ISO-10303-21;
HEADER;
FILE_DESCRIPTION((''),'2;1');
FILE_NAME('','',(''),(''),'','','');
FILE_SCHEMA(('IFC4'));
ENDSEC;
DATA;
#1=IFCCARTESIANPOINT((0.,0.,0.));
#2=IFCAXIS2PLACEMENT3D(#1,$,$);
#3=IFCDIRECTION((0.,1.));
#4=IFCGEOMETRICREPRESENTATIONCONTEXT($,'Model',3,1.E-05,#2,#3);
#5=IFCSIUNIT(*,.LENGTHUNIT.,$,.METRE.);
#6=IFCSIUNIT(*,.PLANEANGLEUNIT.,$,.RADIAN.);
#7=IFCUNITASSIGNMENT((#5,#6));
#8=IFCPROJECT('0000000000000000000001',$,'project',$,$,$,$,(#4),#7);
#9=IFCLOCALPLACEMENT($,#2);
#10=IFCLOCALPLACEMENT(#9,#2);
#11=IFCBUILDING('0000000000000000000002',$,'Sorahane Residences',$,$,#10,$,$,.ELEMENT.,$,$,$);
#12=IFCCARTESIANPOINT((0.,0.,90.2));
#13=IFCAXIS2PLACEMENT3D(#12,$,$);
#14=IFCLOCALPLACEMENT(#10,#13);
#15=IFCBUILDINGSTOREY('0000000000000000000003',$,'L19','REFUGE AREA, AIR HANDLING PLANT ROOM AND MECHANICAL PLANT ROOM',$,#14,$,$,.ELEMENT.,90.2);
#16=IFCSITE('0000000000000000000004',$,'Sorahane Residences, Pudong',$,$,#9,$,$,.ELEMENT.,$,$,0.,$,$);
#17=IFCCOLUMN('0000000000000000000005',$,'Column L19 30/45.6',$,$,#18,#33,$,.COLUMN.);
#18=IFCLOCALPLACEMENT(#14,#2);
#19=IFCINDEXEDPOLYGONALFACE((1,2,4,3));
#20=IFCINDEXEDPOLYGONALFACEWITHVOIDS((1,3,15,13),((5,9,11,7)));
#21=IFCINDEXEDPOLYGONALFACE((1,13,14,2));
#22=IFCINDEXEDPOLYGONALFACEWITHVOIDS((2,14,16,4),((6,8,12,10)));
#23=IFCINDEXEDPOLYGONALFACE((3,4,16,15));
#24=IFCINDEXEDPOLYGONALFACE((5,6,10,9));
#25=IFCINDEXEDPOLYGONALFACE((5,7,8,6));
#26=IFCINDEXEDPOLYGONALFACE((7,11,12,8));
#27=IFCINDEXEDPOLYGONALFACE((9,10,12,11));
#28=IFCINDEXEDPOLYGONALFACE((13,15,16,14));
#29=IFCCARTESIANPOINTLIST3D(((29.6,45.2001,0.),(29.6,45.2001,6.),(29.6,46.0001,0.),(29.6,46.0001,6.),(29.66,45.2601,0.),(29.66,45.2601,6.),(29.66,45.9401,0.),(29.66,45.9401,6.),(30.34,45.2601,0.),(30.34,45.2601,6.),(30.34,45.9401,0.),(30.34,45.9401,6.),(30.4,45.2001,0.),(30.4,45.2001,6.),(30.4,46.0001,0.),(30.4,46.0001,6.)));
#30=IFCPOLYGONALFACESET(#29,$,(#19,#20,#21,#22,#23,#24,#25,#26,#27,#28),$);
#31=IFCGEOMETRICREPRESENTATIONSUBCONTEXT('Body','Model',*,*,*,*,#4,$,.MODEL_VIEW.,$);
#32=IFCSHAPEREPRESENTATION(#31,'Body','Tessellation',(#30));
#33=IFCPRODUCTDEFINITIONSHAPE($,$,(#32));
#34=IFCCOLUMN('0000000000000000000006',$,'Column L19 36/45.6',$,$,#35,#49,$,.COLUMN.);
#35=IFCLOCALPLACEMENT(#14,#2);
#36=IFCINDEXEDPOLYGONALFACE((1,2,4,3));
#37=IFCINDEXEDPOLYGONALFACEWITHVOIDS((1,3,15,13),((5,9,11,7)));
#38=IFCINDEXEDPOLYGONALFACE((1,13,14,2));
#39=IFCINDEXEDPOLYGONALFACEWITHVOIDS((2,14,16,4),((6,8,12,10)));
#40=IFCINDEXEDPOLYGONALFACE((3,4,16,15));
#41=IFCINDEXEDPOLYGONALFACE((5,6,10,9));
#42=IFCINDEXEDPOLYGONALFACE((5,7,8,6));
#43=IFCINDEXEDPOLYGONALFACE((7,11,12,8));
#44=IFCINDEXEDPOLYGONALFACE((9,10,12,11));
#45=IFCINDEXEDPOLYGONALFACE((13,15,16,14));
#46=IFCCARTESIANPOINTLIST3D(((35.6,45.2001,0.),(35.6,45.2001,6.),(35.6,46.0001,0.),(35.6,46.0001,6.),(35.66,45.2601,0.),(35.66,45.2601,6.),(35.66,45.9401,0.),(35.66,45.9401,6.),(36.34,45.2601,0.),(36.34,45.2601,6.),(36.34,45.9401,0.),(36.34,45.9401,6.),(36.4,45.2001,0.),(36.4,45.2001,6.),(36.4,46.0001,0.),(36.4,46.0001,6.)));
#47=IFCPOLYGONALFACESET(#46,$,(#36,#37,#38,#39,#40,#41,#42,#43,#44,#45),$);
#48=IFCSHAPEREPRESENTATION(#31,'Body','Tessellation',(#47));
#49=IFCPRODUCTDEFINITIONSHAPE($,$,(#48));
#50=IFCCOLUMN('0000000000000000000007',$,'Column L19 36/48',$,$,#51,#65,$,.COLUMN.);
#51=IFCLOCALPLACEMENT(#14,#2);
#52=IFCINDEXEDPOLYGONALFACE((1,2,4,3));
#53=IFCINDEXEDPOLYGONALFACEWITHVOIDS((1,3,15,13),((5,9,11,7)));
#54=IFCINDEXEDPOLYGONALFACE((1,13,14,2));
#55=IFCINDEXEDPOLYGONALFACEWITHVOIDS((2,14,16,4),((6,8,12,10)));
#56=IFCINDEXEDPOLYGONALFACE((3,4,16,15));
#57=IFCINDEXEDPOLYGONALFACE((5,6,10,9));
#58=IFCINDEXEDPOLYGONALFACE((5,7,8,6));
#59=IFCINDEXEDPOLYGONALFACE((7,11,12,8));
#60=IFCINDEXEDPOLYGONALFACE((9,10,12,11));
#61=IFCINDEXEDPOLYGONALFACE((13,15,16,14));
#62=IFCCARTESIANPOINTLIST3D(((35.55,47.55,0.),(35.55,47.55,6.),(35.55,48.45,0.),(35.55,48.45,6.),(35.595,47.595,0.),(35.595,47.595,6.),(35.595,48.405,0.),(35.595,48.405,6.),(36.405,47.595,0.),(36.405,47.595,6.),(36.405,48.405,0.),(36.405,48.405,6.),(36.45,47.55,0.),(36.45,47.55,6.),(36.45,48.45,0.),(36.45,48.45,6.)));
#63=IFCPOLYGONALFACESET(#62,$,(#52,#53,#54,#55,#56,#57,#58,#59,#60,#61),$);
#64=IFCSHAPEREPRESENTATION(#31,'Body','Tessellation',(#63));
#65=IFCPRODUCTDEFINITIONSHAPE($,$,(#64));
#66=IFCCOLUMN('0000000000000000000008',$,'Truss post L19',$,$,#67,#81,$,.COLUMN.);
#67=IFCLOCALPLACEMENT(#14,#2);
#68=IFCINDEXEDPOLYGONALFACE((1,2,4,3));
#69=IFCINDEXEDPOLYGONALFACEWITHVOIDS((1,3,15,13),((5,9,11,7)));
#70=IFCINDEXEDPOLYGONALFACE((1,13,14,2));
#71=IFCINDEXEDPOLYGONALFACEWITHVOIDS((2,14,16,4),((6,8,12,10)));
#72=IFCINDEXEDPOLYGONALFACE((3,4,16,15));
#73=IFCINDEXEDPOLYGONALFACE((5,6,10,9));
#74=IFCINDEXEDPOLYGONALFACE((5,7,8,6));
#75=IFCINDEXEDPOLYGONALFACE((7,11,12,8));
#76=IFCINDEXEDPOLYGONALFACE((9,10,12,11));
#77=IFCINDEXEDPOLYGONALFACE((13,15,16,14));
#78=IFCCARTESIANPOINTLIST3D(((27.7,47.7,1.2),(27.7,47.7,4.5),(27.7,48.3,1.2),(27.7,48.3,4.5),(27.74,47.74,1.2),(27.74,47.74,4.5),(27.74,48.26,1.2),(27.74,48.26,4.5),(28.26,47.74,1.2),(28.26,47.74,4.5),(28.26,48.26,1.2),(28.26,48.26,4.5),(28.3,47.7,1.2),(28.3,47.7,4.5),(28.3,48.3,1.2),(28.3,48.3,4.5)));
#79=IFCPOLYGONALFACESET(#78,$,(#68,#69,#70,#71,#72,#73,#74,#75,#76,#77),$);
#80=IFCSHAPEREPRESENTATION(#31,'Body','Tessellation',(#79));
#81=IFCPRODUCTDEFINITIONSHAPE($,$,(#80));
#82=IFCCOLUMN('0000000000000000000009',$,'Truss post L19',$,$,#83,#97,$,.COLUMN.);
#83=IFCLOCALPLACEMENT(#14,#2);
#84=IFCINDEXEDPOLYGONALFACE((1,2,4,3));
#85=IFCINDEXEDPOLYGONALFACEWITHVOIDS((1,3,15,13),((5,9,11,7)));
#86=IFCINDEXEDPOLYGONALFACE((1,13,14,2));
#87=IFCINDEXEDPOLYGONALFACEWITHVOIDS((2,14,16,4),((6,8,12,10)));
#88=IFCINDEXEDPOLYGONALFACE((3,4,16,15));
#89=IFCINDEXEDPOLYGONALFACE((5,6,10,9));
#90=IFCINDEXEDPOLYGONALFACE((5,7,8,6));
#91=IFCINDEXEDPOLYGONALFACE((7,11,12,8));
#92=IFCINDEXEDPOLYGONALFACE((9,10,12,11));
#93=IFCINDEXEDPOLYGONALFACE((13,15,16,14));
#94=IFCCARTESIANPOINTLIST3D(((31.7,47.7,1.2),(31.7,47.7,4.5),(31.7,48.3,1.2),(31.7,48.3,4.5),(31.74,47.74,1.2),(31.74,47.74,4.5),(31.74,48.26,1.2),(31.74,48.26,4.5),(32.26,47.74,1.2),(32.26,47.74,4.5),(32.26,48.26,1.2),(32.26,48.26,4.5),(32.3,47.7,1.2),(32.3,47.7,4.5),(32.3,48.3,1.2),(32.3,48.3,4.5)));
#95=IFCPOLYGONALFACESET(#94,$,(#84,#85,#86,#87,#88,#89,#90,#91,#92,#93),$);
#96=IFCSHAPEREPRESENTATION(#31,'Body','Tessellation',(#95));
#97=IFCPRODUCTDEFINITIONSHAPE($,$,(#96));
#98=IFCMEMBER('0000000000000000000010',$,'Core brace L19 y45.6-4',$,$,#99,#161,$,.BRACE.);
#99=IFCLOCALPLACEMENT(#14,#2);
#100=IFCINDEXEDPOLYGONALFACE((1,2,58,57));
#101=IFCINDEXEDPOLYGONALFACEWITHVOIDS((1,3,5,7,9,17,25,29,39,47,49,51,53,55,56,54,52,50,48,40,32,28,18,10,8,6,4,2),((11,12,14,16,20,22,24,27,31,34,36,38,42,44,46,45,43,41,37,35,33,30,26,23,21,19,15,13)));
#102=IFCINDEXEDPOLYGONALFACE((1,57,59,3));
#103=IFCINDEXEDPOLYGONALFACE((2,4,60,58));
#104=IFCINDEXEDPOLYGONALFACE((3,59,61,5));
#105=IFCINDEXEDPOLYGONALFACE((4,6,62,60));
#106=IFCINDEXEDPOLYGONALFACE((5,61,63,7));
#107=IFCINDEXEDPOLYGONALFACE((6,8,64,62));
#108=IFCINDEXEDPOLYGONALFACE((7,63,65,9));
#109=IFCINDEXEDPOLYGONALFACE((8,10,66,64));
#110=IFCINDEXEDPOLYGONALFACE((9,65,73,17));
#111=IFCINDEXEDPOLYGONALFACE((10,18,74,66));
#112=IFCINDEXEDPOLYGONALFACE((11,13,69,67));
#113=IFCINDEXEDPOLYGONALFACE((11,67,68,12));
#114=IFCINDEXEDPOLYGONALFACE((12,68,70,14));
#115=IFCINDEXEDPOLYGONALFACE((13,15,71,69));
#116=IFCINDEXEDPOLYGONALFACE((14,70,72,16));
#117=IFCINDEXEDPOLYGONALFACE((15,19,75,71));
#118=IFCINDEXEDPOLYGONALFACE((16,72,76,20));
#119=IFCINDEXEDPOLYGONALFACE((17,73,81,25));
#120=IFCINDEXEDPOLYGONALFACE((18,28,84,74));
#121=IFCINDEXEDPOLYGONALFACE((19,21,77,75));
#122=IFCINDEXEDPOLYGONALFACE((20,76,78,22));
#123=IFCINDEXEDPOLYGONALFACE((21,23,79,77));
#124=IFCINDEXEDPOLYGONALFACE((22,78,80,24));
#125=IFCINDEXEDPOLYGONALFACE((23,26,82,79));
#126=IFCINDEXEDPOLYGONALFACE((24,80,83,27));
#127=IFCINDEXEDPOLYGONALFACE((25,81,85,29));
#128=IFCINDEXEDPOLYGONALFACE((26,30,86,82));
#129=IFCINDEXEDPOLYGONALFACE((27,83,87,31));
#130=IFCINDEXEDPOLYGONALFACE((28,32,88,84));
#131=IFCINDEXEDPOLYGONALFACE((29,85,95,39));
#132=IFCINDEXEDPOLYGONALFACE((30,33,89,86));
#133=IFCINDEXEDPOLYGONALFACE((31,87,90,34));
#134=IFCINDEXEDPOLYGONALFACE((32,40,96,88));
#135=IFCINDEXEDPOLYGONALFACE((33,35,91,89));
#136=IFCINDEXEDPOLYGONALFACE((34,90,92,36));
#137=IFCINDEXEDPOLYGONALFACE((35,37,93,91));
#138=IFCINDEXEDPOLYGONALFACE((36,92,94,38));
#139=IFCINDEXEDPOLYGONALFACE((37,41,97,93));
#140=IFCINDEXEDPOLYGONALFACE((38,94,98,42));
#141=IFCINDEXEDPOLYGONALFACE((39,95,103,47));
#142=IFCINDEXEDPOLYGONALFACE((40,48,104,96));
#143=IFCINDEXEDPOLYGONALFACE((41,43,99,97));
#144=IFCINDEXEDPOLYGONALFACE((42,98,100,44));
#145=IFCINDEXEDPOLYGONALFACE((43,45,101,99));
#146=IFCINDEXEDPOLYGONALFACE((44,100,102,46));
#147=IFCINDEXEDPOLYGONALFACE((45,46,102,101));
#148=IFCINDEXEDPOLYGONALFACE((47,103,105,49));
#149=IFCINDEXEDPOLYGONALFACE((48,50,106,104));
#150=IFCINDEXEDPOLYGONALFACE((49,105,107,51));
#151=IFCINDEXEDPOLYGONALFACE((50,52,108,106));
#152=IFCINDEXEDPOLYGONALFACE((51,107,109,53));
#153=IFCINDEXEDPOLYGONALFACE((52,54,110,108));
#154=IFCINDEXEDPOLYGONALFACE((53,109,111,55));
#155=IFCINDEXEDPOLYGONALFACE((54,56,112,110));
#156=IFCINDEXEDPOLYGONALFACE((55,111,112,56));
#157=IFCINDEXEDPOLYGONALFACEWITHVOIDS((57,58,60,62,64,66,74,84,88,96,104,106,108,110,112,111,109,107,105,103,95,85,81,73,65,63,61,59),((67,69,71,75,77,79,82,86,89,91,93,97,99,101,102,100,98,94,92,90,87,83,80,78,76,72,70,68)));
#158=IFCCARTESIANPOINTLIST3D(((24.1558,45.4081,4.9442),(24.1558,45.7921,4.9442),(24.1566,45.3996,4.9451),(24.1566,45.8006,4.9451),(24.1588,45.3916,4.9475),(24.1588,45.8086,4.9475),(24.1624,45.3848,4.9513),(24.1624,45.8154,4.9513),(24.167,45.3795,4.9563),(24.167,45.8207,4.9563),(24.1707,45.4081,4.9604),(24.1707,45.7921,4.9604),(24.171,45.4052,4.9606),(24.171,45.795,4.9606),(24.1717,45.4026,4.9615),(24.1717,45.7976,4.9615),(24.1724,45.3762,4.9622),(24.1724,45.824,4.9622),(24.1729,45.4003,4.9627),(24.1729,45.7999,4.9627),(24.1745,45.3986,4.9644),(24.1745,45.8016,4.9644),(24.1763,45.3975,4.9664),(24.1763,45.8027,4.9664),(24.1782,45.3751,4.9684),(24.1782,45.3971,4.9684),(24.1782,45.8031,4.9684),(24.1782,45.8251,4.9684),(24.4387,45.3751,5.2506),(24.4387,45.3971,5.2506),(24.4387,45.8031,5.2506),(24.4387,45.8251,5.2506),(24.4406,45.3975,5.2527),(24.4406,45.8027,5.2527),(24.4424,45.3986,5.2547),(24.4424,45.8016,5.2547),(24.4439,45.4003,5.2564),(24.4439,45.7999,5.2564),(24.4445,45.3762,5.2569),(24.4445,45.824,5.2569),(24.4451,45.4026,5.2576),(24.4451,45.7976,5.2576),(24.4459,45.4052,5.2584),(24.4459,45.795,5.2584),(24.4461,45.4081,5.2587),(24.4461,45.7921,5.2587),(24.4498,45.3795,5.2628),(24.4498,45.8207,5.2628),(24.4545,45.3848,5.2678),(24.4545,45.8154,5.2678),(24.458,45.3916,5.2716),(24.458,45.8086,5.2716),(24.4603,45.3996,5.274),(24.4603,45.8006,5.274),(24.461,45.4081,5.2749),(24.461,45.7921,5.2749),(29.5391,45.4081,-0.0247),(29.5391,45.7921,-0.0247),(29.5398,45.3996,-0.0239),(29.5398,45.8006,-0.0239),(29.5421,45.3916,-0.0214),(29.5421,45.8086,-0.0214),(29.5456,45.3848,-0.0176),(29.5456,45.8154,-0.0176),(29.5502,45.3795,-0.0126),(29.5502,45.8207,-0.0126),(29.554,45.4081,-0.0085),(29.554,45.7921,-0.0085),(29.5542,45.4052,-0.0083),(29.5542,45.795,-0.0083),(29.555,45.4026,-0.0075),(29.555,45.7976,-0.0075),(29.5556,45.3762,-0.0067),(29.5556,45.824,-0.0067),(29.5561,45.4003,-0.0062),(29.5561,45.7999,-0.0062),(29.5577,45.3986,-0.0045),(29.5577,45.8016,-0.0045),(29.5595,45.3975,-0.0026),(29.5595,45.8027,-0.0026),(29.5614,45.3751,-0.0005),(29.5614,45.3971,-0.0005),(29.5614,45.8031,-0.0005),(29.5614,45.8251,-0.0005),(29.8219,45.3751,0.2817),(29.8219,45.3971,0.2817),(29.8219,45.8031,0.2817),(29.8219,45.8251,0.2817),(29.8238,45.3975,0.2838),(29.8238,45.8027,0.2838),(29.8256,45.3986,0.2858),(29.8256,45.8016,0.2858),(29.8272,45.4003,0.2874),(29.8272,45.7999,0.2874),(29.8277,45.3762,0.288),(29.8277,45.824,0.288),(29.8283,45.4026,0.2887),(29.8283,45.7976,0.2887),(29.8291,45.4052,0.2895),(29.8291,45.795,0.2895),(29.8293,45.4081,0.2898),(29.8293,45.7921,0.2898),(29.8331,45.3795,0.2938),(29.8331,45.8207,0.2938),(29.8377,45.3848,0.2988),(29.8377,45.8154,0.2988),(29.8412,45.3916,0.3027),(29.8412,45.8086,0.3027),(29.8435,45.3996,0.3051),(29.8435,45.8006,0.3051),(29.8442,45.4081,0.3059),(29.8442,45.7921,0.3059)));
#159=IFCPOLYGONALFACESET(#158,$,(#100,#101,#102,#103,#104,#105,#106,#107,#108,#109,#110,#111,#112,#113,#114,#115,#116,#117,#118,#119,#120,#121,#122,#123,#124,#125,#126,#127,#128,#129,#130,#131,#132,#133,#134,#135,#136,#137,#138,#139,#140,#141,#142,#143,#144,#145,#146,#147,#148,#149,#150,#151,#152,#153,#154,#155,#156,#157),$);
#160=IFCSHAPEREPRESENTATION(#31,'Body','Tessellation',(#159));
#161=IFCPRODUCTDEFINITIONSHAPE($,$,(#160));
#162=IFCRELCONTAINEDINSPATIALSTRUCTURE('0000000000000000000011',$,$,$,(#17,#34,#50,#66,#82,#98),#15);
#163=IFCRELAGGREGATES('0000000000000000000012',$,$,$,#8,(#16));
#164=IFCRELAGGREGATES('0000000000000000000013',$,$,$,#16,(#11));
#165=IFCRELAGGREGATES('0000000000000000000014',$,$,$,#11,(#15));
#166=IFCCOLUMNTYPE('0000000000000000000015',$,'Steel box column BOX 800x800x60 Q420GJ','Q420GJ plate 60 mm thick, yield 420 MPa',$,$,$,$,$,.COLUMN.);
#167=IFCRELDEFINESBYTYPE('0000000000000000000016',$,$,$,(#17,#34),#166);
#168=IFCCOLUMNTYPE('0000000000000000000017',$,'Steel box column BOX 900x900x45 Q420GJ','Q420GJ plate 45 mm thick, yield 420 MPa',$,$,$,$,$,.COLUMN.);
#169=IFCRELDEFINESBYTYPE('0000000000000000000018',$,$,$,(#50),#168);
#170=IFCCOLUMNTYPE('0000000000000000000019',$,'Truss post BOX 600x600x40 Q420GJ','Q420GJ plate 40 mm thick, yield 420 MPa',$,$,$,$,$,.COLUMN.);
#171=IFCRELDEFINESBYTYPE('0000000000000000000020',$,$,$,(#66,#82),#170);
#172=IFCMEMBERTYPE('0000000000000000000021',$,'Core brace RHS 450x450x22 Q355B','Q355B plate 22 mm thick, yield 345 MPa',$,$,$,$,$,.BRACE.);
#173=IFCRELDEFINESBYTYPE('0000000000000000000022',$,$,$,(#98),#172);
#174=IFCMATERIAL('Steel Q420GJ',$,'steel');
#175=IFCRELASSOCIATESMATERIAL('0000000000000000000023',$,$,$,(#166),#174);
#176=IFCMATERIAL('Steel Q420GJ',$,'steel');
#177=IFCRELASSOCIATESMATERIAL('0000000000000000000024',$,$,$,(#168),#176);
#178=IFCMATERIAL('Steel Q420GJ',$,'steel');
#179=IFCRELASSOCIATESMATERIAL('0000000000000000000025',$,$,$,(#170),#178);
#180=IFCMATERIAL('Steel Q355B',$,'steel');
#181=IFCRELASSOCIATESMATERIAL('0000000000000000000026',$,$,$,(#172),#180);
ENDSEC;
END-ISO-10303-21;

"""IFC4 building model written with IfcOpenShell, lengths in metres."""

from ifc_helpers import new_model, si_unit, direction, frame, origin, origin_2d, place, context, subcontext, project, spatial, hollow_rectangle, extrude, material, material_profile, profile_set, type_object, element, save


model = new_model("IFC4")

# Units and contexts
model_context = context("Model", 3, precision=1e-05, world=origin(), true_north=direction((0.0, 1.0)))
body_context = subcontext(model_context, "Body", "Model", "MODEL_VIEW")
ifc_project = project(units=[si_unit("LENGTHUNIT", "METRE"), si_unit("PLANEANGLEUNIT", "RADIAN")], contexts=[model_context])

# Site, building, storey
site_placement = place(None, origin())
site = spatial("IfcSite", under=ifc_project, at=site_placement, Name="Sorahane Residences, Pudong", CompositionType="ELEMENT", RefElevation=0.0)
building_placement = place(site_placement, origin())
building = spatial("IfcBuilding", under=site, at=building_placement, Name="Sorahane Residences", CompositionType="ELEMENT")
storey_placement = place(building_placement, frame((0.0, 0.0, 90.2)))
storey = spatial("IfcBuildingStorey", under=building, at=storey_placement, Name="L19", Description="REFUGE AREA, AIR HANDLING PLANT ROOM AND MECHANICAL PLANT ROOM", CompositionType="ELEMENT", Elevation=90.2)

# Columns
ifc_material_1 = material(Name="Steel Q420GJ", Category="steel")
ifc_material_profile_1 = material_profile(ifc_material_1, hollow_rectangle(XDim=0.8, YDim=0.8, WallThickness=0.0601, at=origin_2d()), Name="BOX 800x800x60")
ifc_profile_set_1 = profile_set([ifc_material_profile_1], Name="Steel Q420GJ")
column_type_1 = type_object("IfcColumnType", Name="Steel box column BOX 800x800x60 Q420GJ", Description="Q420GJ plate 60 mm thick, yield 420 MPa", PredefinedType="COLUMN", material=ifc_profile_set_1)
for number, where, z_axis, x_axis, name in (
    (1, (30.0, 45.6001, 0.0), (0.0, 0.0, 1.0), (1.0, 0.0, 0.0), "Column L19 30/45.6"),
    (2, (36.0, 45.6001, 0.0), (0.0, 0.0, 1.0), (1.0, 0.0, 0.0), "Column L19 36/45.6"),
):
    element("IfcColumn", number, at=place(storey_placement, frame(where, z_axis=z_axis, x_axis=x_axis)), inside=storey, type_object=column_type_1, Name=name, PredefinedType="COLUMN", context=body_context, shape_type="SweptSolid", body=[
        extrude(hollow_rectangle(XDim=0.8, YDim=0.8, WallThickness=0.0601, at=origin_2d()), origin(), (0.0, 0.0, 1.0), 6.0),
    ])
ifc_material_2 = material(Name="Steel Q420GJ", Category="steel")
ifc_material_profile_2 = material_profile(ifc_material_2, hollow_rectangle(XDim=0.8999, YDim=0.8999, WallThickness=0.0449, at=origin_2d()), Name="BOX 900x900x45")
ifc_profile_set_2 = profile_set([ifc_material_profile_2], Name="Steel Q420GJ")
column_type_2 = type_object("IfcColumnType", Name="Steel box column BOX 900x900x45 Q420GJ", Description="Q420GJ plate 45 mm thick, yield 420 MPa", PredefinedType="COLUMN", material=ifc_profile_set_2)
column_placement = place(storey_placement, frame((36.0, 48.0, 0.0), z_axis=(0.0, 0.0, 1.0), x_axis=(1.0, 0.0, 0.0)))
element("IfcColumn", 3, at=column_placement, inside=storey, type_object=column_type_2, Name="Column L19 36/48", PredefinedType="COLUMN", context=body_context, shape_type="SweptSolid", body=[
    extrude(hollow_rectangle(XDim=0.8999, YDim=0.8999, WallThickness=0.0449, at=origin_2d()), origin(), (0.0, 0.0, 1.0), 6.0),
])
ifc_material_3 = material(Name="Steel Q420GJ", Category="steel")
ifc_material_profile_3 = material_profile(ifc_material_3, hollow_rectangle(XDim=0.6001, YDim=0.6001, WallThickness=0.04, at=origin_2d()), Name="BOX 600x600x40")
ifc_profile_set_3 = profile_set([ifc_material_profile_3], Name="Steel Q420GJ")
column_type_3 = type_object("IfcColumnType", Name="Truss post BOX 600x600x40 Q420GJ", Description="Q420GJ plate 40 mm thick, yield 420 MPa", PredefinedType="COLUMN", material=ifc_profile_set_3)
for number, where, z_axis, x_axis, name in (
    (4, (28.0, 48.0, 1.2), (0.0, 0.0, 1.0), (1.0, 0.0, 0.0), "Truss post L19"),
    (5, (32.0, 48.0, 1.2), (0.0, 0.0, 1.0), (1.0, 0.0, 0.0), "Truss post L19"),
):
    element("IfcColumn", number, at=place(storey_placement, frame(where, z_axis=z_axis, x_axis=x_axis)), inside=storey, type_object=column_type_3, Name=name, PredefinedType="COLUMN", context=body_context, shape_type="SweptSolid", body=[
        extrude(hollow_rectangle(XDim=0.6001, YDim=0.6001, WallThickness=0.04, at=origin_2d()), origin(), (0.0, 0.0, 1.0), 3.3),
    ])

# Member
ifc_material_4 = material(Name="Steel Q355B", Category="steel")
ifc_material_profile_4 = material_profile(ifc_material_4, hollow_rectangle(XDim=0.45, YDim=0.45, WallThickness=0.022, InnerFilletRadius=0.011, OuterFilletRadius=0.033, at=origin_2d()), Name="RHS 450x450x22")
ifc_profile_set_4 = profile_set([ifc_material_profile_4], Name="Steel Q355B")
member_type_1 = type_object("IfcMemberType", Name="Core brace RHS 450x450x22 Q355B", Description="Q355B plate 22 mm thick, yield 345 MPa", PredefinedType="BRACE", material=ifc_profile_set_4)
member_1_placement = place(storey_placement, frame((29.6917, 45.6001, 0.1406), z_axis=(-0.734817, 0.0, 0.678265), x_axis=(0.0, -1.0, 0.0)))
element("IfcMember", 6, at=member_1_placement, inside=storey, type_object=member_type_1, Name="Core brace L19 y45.6-4", PredefinedType="BRACE", context=body_context, shape_type="SweptSolid", body=[
    extrude(hollow_rectangle(XDim=0.45, YDim=0.45, WallThickness=0.022, InnerFilletRadius=0.011, OuterFilletRadius=0.033, at=origin_2d()), origin(), (0.0, 0.0, 1.0), 7.3259),
])

save(model, "model.ifc")
